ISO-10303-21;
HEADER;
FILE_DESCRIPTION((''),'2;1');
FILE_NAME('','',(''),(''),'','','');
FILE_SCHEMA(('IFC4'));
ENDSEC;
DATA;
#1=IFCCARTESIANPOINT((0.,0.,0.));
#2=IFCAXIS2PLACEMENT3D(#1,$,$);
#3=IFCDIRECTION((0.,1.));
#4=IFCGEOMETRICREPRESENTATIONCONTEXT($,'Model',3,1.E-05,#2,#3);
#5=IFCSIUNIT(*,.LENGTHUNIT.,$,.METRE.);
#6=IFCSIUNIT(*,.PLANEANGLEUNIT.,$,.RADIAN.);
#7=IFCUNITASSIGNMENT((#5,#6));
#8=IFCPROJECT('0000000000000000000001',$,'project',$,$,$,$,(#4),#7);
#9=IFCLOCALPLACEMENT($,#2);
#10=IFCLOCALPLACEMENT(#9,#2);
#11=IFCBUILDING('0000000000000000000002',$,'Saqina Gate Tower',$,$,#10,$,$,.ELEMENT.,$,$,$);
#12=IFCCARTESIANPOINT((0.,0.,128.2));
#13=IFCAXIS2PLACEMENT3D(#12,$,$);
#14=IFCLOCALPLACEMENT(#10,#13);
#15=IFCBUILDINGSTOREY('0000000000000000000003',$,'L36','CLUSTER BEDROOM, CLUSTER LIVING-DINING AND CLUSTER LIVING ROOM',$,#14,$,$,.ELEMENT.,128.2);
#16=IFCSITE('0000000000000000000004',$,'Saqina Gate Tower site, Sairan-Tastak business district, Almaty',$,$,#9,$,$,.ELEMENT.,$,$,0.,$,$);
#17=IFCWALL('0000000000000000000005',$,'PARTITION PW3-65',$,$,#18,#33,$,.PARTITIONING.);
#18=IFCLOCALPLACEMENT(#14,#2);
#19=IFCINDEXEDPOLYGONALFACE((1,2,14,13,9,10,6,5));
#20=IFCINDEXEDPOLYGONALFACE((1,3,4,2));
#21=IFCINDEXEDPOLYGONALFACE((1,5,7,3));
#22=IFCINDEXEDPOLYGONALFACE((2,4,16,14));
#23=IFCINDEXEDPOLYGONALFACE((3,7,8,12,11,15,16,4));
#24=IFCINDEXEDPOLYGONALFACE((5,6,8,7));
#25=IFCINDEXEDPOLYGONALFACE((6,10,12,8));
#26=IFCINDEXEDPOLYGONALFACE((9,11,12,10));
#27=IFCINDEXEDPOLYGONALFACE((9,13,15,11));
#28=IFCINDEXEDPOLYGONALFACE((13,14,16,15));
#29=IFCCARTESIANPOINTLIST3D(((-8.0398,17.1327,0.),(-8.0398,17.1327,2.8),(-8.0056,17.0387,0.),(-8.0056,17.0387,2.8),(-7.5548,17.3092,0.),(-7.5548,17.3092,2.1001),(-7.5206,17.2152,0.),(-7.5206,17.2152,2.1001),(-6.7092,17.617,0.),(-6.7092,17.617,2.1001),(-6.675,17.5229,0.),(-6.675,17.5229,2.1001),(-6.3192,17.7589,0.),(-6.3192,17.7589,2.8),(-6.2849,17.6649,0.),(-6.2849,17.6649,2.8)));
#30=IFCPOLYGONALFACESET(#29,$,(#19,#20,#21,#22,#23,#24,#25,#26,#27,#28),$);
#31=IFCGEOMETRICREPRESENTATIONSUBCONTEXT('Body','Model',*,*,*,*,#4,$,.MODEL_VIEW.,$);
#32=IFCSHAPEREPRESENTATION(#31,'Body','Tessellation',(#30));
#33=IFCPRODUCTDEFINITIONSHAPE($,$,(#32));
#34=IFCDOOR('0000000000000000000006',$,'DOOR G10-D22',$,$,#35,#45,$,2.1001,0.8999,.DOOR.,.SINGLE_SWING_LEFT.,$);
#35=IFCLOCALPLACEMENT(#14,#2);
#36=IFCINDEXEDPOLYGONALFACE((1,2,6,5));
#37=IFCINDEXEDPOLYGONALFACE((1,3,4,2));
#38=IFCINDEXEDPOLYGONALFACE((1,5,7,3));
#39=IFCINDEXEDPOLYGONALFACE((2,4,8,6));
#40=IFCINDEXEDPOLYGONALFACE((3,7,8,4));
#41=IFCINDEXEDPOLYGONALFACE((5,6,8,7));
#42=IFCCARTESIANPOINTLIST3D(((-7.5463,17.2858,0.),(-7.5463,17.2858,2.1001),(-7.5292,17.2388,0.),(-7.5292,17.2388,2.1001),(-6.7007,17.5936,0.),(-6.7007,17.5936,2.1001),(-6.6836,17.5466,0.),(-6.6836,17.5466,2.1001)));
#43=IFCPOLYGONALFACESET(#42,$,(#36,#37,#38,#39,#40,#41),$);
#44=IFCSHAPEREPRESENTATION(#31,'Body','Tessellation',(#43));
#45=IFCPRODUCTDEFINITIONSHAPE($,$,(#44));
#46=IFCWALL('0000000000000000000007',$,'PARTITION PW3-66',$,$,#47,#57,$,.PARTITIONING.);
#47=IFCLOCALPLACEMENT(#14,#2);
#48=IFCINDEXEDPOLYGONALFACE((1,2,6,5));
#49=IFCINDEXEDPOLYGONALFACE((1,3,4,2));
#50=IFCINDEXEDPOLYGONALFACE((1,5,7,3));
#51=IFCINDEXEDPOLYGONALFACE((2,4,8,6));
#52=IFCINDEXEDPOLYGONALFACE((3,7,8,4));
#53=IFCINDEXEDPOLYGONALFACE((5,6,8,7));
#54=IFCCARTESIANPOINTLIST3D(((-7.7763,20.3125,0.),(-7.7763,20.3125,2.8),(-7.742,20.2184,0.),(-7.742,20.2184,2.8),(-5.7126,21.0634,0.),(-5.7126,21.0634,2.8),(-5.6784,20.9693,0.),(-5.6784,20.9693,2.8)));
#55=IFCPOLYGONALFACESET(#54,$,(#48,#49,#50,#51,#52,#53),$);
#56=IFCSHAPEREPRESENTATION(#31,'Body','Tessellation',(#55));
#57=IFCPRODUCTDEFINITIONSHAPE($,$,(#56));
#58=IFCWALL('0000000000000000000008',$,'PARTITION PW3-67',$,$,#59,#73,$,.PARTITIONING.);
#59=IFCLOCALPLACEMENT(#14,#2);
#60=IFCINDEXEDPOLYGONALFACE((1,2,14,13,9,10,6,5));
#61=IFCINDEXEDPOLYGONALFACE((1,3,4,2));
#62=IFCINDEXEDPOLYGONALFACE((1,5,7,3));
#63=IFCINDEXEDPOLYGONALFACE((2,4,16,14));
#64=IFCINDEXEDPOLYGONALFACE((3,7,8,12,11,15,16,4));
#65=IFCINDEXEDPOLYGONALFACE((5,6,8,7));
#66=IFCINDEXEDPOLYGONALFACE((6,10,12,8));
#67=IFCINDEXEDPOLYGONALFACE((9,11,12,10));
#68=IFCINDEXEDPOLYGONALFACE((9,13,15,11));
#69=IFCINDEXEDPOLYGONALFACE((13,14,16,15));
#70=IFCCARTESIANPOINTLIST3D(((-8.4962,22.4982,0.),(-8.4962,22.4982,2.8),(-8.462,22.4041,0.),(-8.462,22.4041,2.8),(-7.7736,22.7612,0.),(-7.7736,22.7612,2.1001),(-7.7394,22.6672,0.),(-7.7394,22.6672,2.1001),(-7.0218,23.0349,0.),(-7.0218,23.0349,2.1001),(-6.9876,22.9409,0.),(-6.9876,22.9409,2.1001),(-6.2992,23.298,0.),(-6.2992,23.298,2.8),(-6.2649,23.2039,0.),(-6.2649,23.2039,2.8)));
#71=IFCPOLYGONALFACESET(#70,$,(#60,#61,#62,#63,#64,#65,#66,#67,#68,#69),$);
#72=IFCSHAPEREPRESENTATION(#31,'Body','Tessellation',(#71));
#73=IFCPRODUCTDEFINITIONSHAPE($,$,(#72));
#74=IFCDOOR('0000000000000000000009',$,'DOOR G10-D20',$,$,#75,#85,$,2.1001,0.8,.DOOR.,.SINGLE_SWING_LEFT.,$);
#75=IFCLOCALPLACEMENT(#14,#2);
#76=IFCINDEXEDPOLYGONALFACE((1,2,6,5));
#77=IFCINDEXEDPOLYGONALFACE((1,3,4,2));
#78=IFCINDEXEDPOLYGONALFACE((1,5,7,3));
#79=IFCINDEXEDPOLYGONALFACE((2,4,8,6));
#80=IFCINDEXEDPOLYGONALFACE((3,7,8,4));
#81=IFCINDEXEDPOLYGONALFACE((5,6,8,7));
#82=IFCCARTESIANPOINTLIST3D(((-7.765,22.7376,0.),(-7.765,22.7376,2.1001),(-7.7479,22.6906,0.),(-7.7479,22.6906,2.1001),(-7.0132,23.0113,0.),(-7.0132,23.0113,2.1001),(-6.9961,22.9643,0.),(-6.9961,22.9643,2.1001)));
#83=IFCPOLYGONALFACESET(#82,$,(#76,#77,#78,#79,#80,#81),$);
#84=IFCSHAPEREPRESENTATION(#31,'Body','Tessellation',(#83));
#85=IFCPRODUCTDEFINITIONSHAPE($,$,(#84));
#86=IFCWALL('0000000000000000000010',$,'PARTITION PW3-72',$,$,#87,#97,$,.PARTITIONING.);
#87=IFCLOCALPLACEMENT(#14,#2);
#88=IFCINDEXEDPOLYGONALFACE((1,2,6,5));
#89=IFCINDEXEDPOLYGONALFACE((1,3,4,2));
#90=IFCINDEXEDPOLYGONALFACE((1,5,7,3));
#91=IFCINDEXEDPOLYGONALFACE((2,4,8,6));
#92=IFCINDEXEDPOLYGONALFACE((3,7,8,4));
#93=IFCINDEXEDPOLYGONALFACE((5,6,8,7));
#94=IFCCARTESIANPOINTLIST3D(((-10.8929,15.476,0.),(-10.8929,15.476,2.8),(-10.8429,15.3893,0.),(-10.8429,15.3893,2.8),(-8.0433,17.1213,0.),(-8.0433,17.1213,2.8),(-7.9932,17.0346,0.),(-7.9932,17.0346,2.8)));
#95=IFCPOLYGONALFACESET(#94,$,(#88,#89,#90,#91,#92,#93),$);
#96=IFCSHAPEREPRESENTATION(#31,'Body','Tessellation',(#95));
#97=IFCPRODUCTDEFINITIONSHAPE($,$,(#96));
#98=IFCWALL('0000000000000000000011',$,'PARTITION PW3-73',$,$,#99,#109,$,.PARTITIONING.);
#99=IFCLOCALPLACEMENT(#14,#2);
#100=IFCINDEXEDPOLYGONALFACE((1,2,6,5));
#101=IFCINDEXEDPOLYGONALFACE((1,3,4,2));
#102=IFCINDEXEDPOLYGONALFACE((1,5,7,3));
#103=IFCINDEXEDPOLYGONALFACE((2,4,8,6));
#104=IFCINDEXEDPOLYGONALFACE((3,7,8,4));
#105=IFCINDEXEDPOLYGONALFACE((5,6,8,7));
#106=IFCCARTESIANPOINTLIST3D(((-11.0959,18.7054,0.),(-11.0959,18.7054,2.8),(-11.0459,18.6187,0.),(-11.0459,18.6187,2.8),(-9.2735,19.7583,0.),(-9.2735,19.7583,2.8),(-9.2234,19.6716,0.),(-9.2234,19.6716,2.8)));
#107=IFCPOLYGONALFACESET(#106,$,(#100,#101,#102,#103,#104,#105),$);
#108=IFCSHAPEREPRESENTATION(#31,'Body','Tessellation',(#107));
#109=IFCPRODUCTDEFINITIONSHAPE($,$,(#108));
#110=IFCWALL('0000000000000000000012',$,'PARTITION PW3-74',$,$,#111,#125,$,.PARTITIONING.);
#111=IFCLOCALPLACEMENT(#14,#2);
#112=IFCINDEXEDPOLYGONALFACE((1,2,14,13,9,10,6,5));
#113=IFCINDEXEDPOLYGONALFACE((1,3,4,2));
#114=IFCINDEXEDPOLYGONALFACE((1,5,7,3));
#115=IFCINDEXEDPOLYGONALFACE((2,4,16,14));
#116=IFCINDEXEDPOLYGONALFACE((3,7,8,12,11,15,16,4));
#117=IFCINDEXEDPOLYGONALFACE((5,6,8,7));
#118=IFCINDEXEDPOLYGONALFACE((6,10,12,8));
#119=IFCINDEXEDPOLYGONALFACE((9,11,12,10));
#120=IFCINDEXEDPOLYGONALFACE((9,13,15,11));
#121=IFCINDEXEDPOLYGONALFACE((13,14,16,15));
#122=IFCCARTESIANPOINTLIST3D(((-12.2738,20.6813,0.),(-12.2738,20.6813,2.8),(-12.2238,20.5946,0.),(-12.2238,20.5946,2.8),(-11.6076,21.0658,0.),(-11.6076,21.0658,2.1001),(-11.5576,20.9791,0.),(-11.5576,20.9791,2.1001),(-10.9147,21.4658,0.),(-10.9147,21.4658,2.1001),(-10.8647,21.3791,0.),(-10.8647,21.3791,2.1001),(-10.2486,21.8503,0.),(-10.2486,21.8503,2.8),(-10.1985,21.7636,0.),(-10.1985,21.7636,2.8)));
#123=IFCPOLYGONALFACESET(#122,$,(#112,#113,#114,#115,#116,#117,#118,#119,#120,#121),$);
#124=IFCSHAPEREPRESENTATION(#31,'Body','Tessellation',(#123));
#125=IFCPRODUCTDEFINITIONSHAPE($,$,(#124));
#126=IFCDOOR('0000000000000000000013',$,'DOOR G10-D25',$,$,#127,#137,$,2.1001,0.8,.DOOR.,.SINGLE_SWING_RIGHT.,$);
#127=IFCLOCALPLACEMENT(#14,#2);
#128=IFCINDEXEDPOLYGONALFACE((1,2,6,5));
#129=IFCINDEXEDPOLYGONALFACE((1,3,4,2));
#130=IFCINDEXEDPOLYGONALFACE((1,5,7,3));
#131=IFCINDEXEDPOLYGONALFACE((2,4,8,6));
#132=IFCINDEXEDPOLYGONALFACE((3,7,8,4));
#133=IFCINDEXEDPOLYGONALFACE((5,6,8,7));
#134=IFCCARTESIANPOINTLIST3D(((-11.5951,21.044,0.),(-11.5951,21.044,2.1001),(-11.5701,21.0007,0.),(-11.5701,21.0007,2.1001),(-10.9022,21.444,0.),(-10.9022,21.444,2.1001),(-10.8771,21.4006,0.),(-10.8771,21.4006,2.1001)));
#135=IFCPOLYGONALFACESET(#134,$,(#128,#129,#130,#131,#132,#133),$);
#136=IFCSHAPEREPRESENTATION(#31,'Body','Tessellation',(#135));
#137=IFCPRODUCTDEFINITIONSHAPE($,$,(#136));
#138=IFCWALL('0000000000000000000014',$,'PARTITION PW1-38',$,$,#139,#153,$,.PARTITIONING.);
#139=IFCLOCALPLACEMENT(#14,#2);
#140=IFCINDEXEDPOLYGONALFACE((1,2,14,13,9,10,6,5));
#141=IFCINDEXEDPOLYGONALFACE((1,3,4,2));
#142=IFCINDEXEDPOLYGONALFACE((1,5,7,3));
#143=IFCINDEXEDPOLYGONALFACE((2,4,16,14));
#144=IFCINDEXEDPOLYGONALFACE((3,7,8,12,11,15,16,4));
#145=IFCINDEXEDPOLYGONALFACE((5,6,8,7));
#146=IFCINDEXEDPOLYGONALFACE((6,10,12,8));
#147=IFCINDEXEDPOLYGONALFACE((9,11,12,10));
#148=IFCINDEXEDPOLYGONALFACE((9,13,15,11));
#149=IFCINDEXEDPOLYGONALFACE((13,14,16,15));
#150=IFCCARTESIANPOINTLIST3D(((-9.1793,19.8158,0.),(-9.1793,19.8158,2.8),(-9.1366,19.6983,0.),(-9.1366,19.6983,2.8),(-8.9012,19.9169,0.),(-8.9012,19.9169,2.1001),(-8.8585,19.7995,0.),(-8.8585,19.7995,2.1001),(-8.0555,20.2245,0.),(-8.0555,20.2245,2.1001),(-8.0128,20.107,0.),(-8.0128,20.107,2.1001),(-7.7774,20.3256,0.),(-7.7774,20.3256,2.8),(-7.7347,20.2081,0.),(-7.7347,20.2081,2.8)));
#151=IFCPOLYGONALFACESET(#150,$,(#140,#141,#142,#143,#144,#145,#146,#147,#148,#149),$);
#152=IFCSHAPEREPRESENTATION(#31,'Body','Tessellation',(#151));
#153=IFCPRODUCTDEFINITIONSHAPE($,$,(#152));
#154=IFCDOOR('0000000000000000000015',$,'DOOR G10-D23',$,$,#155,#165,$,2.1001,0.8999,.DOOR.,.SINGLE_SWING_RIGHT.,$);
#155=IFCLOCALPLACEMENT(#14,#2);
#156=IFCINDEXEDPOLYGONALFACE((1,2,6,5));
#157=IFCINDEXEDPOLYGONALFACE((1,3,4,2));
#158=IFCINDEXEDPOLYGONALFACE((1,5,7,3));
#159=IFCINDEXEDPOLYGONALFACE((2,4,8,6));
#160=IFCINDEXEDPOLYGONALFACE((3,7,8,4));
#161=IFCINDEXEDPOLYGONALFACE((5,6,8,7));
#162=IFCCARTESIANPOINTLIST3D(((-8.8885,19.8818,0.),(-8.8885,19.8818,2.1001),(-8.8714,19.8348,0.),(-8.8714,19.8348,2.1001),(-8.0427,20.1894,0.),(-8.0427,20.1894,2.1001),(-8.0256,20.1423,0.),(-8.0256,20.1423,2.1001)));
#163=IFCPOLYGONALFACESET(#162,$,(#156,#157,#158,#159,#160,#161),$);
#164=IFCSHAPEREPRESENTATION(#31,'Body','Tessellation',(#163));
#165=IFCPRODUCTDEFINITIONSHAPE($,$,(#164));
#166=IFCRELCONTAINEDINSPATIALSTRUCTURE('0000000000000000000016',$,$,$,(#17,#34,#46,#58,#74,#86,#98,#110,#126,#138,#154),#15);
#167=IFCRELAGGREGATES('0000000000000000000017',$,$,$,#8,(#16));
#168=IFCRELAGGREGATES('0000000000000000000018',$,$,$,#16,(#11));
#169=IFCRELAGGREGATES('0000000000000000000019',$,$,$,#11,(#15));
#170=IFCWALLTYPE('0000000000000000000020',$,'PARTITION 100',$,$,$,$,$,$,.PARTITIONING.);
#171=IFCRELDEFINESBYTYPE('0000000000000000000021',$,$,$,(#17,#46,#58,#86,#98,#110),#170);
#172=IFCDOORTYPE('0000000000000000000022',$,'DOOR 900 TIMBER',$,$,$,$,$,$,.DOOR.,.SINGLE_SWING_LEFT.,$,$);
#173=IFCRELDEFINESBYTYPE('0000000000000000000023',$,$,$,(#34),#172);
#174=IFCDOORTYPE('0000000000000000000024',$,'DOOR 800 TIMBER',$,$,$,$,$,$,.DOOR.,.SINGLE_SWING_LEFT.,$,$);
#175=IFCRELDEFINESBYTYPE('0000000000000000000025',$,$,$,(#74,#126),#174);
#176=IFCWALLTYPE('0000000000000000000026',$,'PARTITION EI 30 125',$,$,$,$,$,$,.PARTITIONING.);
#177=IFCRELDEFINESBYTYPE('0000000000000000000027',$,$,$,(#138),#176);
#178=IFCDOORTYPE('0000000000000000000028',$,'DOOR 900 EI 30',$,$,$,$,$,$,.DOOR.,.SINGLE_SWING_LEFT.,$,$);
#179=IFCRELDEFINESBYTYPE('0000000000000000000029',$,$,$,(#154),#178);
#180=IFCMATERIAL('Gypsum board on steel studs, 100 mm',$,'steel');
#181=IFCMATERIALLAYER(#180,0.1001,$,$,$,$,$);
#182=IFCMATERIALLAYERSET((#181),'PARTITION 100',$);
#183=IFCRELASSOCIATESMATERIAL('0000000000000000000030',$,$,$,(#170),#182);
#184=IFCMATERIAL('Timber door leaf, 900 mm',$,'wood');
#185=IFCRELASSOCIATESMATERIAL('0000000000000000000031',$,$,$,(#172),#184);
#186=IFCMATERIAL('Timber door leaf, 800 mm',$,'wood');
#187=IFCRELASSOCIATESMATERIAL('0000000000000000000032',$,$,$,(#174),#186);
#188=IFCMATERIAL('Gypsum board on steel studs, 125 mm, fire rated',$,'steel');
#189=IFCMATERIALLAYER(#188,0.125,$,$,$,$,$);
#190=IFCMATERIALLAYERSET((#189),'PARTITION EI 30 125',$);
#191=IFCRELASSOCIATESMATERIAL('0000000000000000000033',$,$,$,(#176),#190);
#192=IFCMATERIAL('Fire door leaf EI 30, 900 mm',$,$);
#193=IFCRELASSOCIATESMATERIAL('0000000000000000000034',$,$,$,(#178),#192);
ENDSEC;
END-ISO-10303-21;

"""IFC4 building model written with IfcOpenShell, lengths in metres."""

from ifc_helpers import new_model, si_unit, direction, frame, frame_2d, origin, place, context, subcontext, project, spatial, rectangle, extrude, material, layer, layer_set, type_object, element, fill, save


model = new_model("IFC4")

# Units and contexts
model_context = context("Model", 3, precision=1e-05, world=origin(), true_north=direction((0.0, 1.0)))
body_context = subcontext(model_context, "Body", "Model", "MODEL_VIEW")
ifc_project = project(units=[si_unit("LENGTHUNIT", "METRE"), si_unit("PLANEANGLEUNIT", "RADIAN")], contexts=[model_context])

# Site, building, storey
site_placement = place(None, origin())
site = spatial("IfcSite", under=ifc_project, at=site_placement, Name="Saqina Gate Tower site, Sairan-Tastak business district, Almaty", CompositionType="ELEMENT", RefElevation=0.0)
building_placement = place(site_placement, origin())
building = spatial("IfcBuilding", under=site, at=building_placement, Name="Saqina Gate Tower", CompositionType="ELEMENT")
storey_placement = place(building_placement, frame((0.0, 0.0, 128.2)))
storey = spatial("IfcBuildingStorey", under=building, at=storey_placement, Name="L36", Description="CLUSTER BEDROOM, CLUSTER LIVING-DINING AND CLUSTER LIVING ROOM", CompositionType="ELEMENT", Elevation=128.2)

# Shared definitions
ifc_material_1 = material(Name="Gypsum board on steel studs, 100 mm", Category="steel")
ifc_layer_1 = layer(ifc_material_1, 0.1001)
ifc_layer_set_1 = layer_set([ifc_layer_1], Name="PARTITION 100")
wall_type_1 = type_object("IfcWallType", Name="PARTITION 100", PredefinedType="PARTITIONING", material=ifc_layer_set_1)

# Wall, opening, door
wall_1_placement = place(storey_placement, frame((-8.0227, 17.0857, 0.0), z_axis=(0.0, 0.0, 1.0), x_axis=(0.939704, 0.341989, 0.0)))
wall_1 = element("IfcWall", 1, at=wall_1_placement, inside=storey, type_object=wall_type_1, Name="PARTITION PW3-65", PredefinedType="PARTITIONING", context=body_context, shape_type="SweptSolid", body=[
    extrude(rectangle(XDim=1.8311, YDim=0.1001, at=frame_2d((0.9155, 0.0))), origin(), (0.0, 0.0, 1.0), 2.8),
])
opening_1_placement = place(wall_1_placement, frame((0.5161, 0.0, 0.0)))
opening_1 = element("IfcOpeningElement", 2, at=opening_1_placement, cuts=wall_1, PredefinedType="OPENING", context=body_context, shape_type="SweptSolid", body=[
    extrude(rectangle(XDim=0.8999, YDim=2.1001, at=frame_2d((0.45, 1.05))), frame((0.0, 0.062, 0.0), z_axis=(0.0, -1.0, 0.0), x_axis=(1.0, 0.0, 0.0)), (0.0, 0.0, 1.0), 0.124),
])
ifc_material_2 = material(Name="Timber door leaf, 900 mm", Category="wood")
door_type_1 = type_object("IfcDoorType", Name="DOOR 900 TIMBER", OperationType="SINGLE_SWING_LEFT", PredefinedType="DOOR", material=ifc_material_2)
door_1_placement = place(opening_1_placement, frame((0.8999, 0.0, 0.0), z_axis=(0.0, 0.0, 1.0), x_axis=(-1.0, 0.0, 0.0)))
door_1 = element("IfcDoor", 3, at=door_1_placement, inside=storey, type_object=door_type_1, Name="DOOR G10-D22", OperationType="SINGLE_SWING_LEFT", OverallHeight=2.1001, OverallWidth=0.8999, PredefinedType="DOOR", context=body_context, shape_type="SweptSolid", body=[
    extrude(rectangle(XDim=0.8999, YDim=2.1001, at=frame_2d((0.45, 1.05))), frame((0.0, 0.0249, 0.0), z_axis=(0.0, -1.0, 0.0), x_axis=(1.0, 0.0, 0.0)), (0.0, 0.0, 1.0), 0.05),
])
fill(opening_1, door_1)

# Wall
wall_2_placement = place(storey_placement, frame((-7.7593, 20.2654, 0.0), z_axis=(0.0, 0.0, 1.0), x_axis=(0.939715, 0.341957, 0.0)))
element("IfcWall", 4, at=wall_2_placement, inside=storey, type_object=wall_type_1, Name="PARTITION PW3-66", PredefinedType="PARTITIONING", context=body_context, shape_type="SweptSolid", body=[
    extrude(rectangle(XDim=2.196, YDim=0.1001, at=frame_2d((1.0981, 0.0))), origin(), (0.0, 0.0, 1.0), 2.8),
])

# Wall, opening, door
wall_3_placement = place(storey_placement, frame((-8.479, 22.4512, 0.0), z_axis=(0.0, 0.0, 1.0), x_axis=(0.939671, 0.342078, 0.0)))
wall_3 = element("IfcWall", 5, at=wall_3_placement, inside=storey, type_object=wall_type_1, Name="PARTITION PW3-67", PredefinedType="PARTITIONING", context=body_context, shape_type="SweptSolid", body=[
    extrude(rectangle(XDim=2.3381, YDim=0.1001, at=frame_2d((1.1689, 0.0))), origin(), (0.0, 0.0, 1.0), 2.8),
])
opening_2_placement = place(wall_3_placement, frame((0.769, 0.0, 0.0)))
opening_2 = element("IfcOpeningElement", 6, at=opening_2_placement, cuts=wall_3, PredefinedType="OPENING", context=body_context, shape_type="SweptSolid", body=[
    extrude(rectangle(XDim=0.8, YDim=2.1001, at=frame_2d((0.3999, 1.05))), frame((0.0, 0.062, 0.0), z_axis=(0.0, -1.0, 0.0), x_axis=(1.0, 0.0, 0.0)), (0.0, 0.0, 1.0), 0.124),
])
ifc_material_3 = material(Name="Timber door leaf, 800 mm", Category="wood")
door_type_2 = type_object("IfcDoorType", Name="DOOR 800 TIMBER", OperationType="SINGLE_SWING_LEFT", PredefinedType="DOOR", material=ifc_material_3)
door_2_placement = place(opening_2_placement, origin())
door_2 = element("IfcDoor", 7, at=door_2_placement, inside=storey, type_object=door_type_2, Name="DOOR G10-D20", OperationType="SINGLE_SWING_LEFT", OverallHeight=2.1001, OverallWidth=0.8, PredefinedType="DOOR", context=body_context, shape_type="SweptSolid", body=[
    extrude(rectangle(XDim=0.8, YDim=2.1001, at=frame_2d((0.3999, 1.05))), frame((0.0, 0.0249, 0.0), z_axis=(0.0, -1.0, 0.0), x_axis=(1.0, 0.0, 0.0)), (0.0, 0.0, 1.0), 0.05),
])
fill(opening_2, door_2)

# Walls
wall_4_placement = place(storey_placement, frame((-10.8679, 15.4326, 0.0), z_axis=(0.0, 0.0, 1.0), x_axis=(0.86602, 0.500009, 0.0)))
element("IfcWall", 8, at=wall_4_placement, inside=storey, type_object=wall_type_1, Name="PARTITION PW3-72", PredefinedType="PARTITIONING", context=body_context, shape_type="SweptSolid", body=[
    extrude(rectangle(XDim=3.2905, YDim=0.1001, at=frame_2d((1.6453, 0.0))), origin(), (0.0, 0.0, 1.0), 2.8),
])
wall_5_placement = place(storey_placement, frame((-11.0708, 18.6621, 0.0), z_axis=(0.0, 0.0, 1.0), x_axis=(0.865871, 0.500268, 0.0)))
element("IfcWall", 9, at=wall_5_placement, inside=storey, type_object=wall_type_1, Name="PARTITION PW3-73", PredefinedType="PARTITIONING", context=body_context, shape_type="SweptSolid", body=[
    extrude(rectangle(XDim=2.1047, YDim=0.1001, at=frame_2d((1.0522, 0.0))), origin(), (0.0, 0.0, 1.0), 2.8),
])

# Walls, openings, doors
wall_6_placement = place(storey_placement, frame((-12.2488, 20.6379, 0.0), z_axis=(0.0, 0.0, 1.0), x_axis=(0.866076, 0.499912, 0.0)))
wall_6 = element("IfcWall", 10, at=wall_6_placement, inside=storey, type_object=wall_type_1, Name="PARTITION PW3-74", PredefinedType="PARTITIONING", context=body_context, shape_type="SweptSolid", body=[
    extrude(rectangle(XDim=2.3384, YDim=0.1001, at=frame_2d((1.1692, 0.0))), origin(), (0.0, 0.0, 1.0), 2.8),
])
opening_3_placement = place(wall_6_placement, frame((0.7693, 0.0, 0.0)))
opening_3 = element("IfcOpeningElement", 11, at=opening_3_placement, cuts=wall_6, PredefinedType="OPENING", context=body_context, shape_type="SweptSolid", body=[
    extrude(rectangle(XDim=0.8, YDim=2.1001, at=frame_2d((0.3999, 1.05))), frame((0.0, 0.062, 0.0), z_axis=(0.0, -1.0, 0.0), x_axis=(1.0, 0.0, 0.0)), (0.0, 0.0, 1.0), 0.124),
])
door_3_placement = place(opening_3_placement, origin())
door_3 = element("IfcDoor", 12, at=door_3_placement, inside=storey, type_object=door_type_2, Name="DOOR G10-D25", OperationType="SINGLE_SWING_RIGHT", OverallHeight=2.1001, OverallWidth=0.8, PredefinedType="DOOR", context=body_context, shape_type="SweptSolid", body=[
    extrude(rectangle(XDim=0.8, YDim=2.1001, at=frame_2d((0.3999, 1.05))), frame((0.0, 0.0249, 0.0), z_axis=(0.0, -1.0, 0.0), x_axis=(1.0, 0.0, 0.0)), (0.0, 0.0, 1.0), 0.05),
])
fill(opening_3, door_3)
ifc_material_4 = material(Name="Gypsum board on steel studs, 125 mm, fire rated", Category="steel")
ifc_layer_2 = layer(ifc_material_4, 0.125)
ifc_layer_set_2 = layer_set([ifc_layer_2], Name="PARTITION EI 30 125")
wall_type_2 = type_object("IfcWallType", Name="PARTITION EI 30 125", PredefinedType="PARTITIONING", material=ifc_layer_set_2)
wall_7_placement = place(storey_placement, frame((-9.158, 19.7571, 0.0), z_axis=(0.0, 0.0, 1.0), x_axis=(0.939793, 0.341743, 0.0)))
wall_7 = element("IfcWall", 13, at=wall_7_placement, inside=storey, type_object=wall_type_2, Name="PARTITION PW1-38", PredefinedType="PARTITIONING", context=body_context, shape_type="SweptSolid", body=[
    extrude(rectangle(XDim=1.4917, YDim=0.125, at=frame_2d((0.7458, 0.0))), origin(), (0.0, 0.0, 1.0), 2.8),
])
opening_4_placement = place(wall_7_placement, frame((0.2959, 0.0, 0.0)))
opening_4 = element("IfcOpeningElement", 14, at=opening_4_placement, cuts=wall_7, PredefinedType="OPENING", context=body_context, shape_type="SweptSolid", body=[
    extrude(rectangle(XDim=0.8999, YDim=2.1001, at=frame_2d((0.45, 1.05))), frame((0.0, 0.0745, 0.0), z_axis=(0.0, -1.0, 0.0), x_axis=(1.0, 0.0, 0.0)), (0.0, 0.0, 1.0), 0.1489),
])
ifc_material_5 = material(Name="Fire door leaf EI 30, 900 mm")
door_type_3 = type_object("IfcDoorType", Name="DOOR 900 EI 30", OperationType="SINGLE_SWING_LEFT", PredefinedType="DOOR", material=ifc_material_5)
door_4_placement = place(opening_4_placement, frame((0.8999, 0.0, 0.0), z_axis=(0.0, 0.0, 1.0), x_axis=(-1.0, 0.0, 0.0)))
door_4 = element("IfcDoor", 15, at=door_4_placement, inside=storey, type_object=door_type_3, Name="DOOR G10-D23", OperationType="SINGLE_SWING_RIGHT", OverallHeight=2.1001, OverallWidth=0.8999, PredefinedType="DOOR", context=body_context, shape_type="SweptSolid", body=[
    extrude(rectangle(XDim=0.8999, YDim=2.1001, at=frame_2d((0.45, 1.05))), frame((0.0, 0.0249, 0.0), z_axis=(0.0, -1.0, 0.0), x_axis=(1.0, 0.0, 0.0)), (0.0, 0.0, 1.0), 0.05),
])
fill(opening_4, door_4)

save(model, "model.ifc")
